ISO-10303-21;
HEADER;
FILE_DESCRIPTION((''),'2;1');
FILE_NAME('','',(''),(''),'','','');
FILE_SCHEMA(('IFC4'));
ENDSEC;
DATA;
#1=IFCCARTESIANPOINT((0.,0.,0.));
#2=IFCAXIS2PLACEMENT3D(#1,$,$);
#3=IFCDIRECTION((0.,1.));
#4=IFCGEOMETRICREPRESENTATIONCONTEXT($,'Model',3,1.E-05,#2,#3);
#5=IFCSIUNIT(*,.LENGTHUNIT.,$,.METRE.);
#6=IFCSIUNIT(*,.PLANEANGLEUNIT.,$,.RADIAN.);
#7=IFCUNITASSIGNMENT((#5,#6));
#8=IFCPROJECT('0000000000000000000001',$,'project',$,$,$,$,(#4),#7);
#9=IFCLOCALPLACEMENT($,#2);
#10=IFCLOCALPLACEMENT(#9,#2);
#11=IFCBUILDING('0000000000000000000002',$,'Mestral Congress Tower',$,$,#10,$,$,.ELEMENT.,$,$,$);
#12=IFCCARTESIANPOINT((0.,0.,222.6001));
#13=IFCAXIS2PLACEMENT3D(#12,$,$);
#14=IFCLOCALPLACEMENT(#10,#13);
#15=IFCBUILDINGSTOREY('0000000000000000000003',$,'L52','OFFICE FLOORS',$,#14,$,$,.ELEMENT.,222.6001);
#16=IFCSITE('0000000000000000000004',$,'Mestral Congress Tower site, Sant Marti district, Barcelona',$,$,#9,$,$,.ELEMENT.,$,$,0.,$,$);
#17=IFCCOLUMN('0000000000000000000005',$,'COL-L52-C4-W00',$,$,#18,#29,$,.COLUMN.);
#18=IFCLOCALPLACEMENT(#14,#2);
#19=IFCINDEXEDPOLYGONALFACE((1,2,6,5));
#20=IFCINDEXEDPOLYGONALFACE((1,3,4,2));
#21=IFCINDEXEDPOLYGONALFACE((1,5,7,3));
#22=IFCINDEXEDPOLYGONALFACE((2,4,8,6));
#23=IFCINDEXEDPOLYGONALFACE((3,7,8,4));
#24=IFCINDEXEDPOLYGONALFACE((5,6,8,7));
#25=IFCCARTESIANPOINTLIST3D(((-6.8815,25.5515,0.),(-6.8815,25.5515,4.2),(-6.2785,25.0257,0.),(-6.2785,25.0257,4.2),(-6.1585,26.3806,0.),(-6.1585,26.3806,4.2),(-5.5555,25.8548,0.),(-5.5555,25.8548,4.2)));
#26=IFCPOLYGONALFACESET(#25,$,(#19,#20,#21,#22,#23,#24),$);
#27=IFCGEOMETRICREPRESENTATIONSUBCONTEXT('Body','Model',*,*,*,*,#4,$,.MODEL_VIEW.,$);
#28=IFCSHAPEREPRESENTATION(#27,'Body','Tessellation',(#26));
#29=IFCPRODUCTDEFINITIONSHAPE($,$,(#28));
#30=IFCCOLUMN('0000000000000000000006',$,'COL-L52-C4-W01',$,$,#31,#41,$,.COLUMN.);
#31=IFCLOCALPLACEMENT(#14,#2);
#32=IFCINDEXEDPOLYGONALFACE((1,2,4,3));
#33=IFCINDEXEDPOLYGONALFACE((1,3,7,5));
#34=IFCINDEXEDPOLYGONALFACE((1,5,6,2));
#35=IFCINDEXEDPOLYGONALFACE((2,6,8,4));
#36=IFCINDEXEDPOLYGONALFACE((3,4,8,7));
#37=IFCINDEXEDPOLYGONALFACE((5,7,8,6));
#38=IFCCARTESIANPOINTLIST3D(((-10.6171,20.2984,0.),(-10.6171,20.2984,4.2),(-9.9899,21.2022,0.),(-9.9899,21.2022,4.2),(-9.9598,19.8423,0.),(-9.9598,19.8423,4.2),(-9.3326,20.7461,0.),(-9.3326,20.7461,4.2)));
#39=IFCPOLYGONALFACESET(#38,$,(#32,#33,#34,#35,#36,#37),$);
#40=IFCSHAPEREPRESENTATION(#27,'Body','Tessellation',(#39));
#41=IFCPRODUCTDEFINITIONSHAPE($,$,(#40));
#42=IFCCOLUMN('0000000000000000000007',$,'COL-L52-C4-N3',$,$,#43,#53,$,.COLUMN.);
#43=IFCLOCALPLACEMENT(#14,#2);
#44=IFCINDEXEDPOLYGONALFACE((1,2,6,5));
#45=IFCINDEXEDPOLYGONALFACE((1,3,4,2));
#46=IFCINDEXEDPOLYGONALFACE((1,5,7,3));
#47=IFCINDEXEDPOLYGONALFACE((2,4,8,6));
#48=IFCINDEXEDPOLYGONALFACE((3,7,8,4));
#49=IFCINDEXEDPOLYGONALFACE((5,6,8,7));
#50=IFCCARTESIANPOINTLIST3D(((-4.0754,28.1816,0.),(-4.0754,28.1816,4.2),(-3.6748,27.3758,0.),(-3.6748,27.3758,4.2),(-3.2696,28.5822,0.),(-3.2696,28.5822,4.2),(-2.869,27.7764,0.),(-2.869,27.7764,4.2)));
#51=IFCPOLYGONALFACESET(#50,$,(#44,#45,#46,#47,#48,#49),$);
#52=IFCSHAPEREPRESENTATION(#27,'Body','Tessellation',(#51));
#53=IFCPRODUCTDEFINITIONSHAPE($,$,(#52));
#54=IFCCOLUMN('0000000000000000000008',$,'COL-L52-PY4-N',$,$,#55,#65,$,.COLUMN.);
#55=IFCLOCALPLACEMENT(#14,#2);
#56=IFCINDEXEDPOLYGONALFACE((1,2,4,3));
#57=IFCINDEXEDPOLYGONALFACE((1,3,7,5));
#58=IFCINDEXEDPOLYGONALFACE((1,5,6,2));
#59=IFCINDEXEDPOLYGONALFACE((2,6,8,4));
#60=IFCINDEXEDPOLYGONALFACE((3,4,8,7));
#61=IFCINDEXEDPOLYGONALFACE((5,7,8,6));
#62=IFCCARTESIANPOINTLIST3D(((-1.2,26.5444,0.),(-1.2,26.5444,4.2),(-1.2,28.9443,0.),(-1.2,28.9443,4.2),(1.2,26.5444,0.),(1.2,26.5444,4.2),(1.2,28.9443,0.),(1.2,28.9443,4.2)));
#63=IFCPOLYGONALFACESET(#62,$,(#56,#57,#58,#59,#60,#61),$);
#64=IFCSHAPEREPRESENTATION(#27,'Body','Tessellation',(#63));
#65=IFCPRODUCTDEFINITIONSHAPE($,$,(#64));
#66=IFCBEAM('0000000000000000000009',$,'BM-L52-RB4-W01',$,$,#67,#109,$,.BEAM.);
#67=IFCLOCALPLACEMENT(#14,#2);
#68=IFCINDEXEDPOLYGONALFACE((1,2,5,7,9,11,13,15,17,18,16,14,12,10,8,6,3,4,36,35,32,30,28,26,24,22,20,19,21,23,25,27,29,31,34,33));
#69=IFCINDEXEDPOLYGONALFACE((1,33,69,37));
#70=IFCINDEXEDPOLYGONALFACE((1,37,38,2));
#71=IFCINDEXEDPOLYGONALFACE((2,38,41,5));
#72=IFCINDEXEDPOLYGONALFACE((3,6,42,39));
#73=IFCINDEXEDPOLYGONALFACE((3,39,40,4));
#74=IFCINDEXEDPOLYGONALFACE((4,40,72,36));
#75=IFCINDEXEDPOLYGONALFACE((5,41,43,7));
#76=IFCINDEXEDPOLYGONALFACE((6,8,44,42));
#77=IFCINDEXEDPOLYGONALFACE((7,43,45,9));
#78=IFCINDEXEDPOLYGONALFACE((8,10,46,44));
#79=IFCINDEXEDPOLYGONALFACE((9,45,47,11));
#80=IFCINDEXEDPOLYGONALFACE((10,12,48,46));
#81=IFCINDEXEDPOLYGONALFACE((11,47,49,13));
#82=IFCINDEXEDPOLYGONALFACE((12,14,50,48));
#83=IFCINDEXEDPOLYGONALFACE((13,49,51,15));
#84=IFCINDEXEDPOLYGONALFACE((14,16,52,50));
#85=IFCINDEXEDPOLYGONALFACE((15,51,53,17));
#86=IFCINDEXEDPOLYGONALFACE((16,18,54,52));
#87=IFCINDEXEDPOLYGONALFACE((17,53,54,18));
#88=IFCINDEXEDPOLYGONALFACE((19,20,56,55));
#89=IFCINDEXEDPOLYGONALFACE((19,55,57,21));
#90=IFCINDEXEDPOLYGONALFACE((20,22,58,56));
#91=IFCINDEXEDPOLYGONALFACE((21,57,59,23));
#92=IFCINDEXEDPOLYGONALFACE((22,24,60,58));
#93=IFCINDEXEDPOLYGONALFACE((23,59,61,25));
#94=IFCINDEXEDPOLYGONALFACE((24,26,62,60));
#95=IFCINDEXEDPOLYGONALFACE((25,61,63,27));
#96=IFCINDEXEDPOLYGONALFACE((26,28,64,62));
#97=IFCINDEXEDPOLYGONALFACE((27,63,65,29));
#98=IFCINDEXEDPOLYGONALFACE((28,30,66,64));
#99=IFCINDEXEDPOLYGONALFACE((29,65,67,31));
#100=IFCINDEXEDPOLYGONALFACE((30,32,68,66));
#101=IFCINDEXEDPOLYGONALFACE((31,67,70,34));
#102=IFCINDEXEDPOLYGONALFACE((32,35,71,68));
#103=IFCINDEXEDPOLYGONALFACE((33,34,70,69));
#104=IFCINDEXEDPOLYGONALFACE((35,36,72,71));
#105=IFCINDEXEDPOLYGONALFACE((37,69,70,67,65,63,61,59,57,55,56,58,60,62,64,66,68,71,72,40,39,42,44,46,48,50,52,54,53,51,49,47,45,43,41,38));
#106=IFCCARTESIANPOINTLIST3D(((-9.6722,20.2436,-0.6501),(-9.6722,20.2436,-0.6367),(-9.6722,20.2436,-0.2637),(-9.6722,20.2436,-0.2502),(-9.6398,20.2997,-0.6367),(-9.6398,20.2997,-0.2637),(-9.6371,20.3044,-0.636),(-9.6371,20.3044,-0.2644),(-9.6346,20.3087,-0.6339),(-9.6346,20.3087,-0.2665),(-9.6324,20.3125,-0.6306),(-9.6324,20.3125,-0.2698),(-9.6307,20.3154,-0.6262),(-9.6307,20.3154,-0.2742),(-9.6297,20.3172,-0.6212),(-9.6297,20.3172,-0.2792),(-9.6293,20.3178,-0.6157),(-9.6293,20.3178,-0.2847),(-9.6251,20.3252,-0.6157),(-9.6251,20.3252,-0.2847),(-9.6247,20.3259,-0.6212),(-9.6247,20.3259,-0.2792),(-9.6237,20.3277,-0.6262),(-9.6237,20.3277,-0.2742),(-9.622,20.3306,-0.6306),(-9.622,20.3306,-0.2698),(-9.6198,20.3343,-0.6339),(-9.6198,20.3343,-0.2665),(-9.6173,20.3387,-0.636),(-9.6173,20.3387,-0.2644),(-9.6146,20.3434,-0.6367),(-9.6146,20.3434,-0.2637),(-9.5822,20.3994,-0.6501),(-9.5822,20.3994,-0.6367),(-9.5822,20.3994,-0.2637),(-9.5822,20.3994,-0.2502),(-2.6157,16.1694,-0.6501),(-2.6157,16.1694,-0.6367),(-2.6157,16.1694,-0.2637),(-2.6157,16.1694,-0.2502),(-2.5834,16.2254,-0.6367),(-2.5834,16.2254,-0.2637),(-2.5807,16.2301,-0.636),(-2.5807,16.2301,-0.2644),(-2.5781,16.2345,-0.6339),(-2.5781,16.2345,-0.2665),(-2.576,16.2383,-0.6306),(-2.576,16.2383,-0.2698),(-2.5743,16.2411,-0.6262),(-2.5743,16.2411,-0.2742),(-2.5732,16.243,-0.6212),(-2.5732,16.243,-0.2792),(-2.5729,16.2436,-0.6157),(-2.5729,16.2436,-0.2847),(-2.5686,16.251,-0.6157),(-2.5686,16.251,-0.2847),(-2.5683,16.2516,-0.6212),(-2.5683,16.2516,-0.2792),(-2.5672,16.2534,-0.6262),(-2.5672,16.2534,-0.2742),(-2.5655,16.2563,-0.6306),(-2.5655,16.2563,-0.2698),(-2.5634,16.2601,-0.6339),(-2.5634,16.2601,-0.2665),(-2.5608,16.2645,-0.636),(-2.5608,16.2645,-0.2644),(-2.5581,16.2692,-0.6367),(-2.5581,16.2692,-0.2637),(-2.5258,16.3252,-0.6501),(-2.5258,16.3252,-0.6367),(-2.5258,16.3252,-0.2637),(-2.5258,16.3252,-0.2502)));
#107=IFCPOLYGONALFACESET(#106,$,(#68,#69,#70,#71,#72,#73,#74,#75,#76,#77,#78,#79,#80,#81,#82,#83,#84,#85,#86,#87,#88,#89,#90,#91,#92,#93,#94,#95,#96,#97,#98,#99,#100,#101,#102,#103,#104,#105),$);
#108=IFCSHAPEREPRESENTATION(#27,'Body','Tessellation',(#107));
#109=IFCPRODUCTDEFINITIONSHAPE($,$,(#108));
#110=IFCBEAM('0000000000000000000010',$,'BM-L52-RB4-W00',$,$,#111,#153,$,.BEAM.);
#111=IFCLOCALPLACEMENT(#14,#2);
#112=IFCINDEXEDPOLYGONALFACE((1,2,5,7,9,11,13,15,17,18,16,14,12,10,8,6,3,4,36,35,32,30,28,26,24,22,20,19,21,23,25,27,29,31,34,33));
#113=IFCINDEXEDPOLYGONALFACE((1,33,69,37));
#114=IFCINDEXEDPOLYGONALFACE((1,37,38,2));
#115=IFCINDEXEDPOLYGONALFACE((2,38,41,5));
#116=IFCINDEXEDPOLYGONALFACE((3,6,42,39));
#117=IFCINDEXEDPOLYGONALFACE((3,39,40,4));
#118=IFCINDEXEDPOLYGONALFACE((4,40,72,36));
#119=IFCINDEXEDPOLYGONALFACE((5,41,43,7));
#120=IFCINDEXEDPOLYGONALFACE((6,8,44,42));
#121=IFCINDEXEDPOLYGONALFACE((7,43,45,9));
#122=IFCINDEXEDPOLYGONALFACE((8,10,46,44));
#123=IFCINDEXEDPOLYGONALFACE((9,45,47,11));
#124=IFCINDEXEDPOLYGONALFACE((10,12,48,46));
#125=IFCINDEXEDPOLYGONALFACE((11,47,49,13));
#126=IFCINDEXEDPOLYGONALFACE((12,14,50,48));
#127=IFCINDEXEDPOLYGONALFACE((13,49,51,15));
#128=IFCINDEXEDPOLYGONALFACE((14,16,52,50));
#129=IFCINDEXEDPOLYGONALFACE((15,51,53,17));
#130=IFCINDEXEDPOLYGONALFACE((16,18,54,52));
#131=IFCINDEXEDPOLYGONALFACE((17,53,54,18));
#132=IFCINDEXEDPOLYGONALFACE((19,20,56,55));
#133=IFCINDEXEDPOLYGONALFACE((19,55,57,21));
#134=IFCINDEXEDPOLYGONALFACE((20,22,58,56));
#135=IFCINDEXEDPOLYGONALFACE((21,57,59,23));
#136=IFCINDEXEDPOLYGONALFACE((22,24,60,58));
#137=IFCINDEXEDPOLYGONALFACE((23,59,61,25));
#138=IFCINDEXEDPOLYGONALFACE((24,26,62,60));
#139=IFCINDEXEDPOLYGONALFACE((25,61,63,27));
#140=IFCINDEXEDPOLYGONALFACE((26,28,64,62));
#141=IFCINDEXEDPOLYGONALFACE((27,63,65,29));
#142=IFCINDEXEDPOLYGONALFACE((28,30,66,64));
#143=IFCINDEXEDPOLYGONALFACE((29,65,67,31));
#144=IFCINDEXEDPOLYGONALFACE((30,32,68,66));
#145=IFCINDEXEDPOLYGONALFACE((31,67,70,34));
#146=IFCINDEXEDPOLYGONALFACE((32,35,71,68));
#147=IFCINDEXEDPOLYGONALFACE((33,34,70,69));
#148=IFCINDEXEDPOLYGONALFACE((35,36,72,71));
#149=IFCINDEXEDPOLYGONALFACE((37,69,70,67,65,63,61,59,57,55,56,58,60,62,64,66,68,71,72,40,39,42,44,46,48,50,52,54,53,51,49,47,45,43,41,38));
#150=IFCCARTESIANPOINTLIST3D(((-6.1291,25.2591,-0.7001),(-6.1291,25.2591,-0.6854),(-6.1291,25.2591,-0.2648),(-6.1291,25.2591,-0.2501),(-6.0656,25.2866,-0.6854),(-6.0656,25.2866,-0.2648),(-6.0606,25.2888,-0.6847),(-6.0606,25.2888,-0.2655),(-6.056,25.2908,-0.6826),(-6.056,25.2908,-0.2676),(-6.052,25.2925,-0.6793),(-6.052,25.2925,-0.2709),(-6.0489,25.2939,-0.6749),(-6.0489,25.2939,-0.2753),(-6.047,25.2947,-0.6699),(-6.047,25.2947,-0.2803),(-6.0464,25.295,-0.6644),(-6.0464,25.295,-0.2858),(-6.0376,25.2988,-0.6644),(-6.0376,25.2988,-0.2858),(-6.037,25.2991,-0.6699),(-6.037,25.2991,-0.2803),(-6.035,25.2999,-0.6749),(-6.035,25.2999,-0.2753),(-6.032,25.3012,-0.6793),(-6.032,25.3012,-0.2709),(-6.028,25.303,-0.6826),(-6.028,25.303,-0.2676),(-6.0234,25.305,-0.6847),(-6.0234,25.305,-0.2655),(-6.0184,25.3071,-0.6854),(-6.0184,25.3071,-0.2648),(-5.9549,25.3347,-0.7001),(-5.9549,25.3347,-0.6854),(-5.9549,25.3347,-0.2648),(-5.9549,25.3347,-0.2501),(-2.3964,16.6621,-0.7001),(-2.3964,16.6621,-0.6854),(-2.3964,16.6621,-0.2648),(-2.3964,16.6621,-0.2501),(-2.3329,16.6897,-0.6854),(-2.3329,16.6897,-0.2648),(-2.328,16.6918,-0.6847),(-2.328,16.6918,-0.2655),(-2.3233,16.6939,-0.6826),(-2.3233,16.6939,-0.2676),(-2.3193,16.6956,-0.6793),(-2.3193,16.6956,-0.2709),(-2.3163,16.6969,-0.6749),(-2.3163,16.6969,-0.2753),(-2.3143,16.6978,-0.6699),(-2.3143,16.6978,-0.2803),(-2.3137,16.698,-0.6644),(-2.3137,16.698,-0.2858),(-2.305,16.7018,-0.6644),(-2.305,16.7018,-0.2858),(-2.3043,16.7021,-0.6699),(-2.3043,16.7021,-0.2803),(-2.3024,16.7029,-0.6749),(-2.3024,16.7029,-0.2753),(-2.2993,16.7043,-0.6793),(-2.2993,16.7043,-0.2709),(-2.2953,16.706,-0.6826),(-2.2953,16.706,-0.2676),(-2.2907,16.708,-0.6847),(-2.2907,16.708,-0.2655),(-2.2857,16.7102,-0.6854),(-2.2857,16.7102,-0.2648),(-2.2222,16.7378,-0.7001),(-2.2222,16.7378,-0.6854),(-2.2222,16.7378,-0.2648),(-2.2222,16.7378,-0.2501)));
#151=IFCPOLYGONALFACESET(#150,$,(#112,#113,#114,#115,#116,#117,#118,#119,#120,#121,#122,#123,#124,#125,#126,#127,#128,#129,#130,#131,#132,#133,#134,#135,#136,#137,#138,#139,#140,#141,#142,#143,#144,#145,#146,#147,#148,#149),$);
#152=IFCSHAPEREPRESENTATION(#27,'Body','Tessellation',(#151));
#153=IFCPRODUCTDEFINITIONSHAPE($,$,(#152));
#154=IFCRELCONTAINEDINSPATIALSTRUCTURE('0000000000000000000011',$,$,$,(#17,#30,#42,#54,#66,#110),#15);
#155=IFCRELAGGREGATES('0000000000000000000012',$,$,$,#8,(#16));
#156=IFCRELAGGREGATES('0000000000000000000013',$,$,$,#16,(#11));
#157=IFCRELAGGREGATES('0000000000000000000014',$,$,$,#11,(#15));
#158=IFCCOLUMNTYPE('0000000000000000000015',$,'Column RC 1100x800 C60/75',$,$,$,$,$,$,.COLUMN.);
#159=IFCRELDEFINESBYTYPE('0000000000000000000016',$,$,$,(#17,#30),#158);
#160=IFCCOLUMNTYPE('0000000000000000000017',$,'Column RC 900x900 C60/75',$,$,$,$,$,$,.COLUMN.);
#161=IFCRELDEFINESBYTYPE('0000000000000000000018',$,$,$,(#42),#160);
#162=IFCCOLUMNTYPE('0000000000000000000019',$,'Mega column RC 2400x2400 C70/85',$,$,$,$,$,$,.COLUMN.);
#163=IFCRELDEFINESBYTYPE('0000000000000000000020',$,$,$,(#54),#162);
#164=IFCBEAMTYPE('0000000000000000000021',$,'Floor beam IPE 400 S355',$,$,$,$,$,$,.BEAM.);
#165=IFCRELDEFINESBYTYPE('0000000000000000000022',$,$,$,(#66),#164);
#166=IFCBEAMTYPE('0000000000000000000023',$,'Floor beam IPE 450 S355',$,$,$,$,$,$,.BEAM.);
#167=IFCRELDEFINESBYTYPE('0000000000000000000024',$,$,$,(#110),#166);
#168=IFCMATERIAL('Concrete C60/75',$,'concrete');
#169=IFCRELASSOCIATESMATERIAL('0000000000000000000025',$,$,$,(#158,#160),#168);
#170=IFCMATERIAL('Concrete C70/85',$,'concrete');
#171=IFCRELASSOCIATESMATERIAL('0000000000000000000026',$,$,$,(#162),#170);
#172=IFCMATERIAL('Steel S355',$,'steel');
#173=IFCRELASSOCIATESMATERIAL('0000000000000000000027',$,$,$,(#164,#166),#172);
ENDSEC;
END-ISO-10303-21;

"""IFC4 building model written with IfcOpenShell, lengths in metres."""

from ifc_helpers import new_model, si_unit, direction, frame, origin, origin_2d, place, context, subcontext, project, spatial, rectangle, i_section, extrude, material, material_profile, profile_set, type_object, element, save


model = new_model("IFC4")

# Units and contexts
model_context = context("Model", 3, precision=1e-05, world=origin(), true_north=direction((0.0, 1.0)))
body_context = subcontext(model_context, "Body", "Model", "MODEL_VIEW")
ifc_project = project(units=[si_unit("LENGTHUNIT", "METRE"), si_unit("PLANEANGLEUNIT", "RADIAN")], contexts=[model_context])

# Site, building, storey
site_placement = place(None, origin())
site = spatial("IfcSite", under=ifc_project, at=site_placement, Name="Mestral Congress Tower site, Sant Marti district, Barcelona", CompositionType="ELEMENT", RefElevation=0.0)
building_placement = place(site_placement, origin())
building = spatial("IfcBuilding", under=site, at=building_placement, Name="Mestral Congress Tower", CompositionType="ELEMENT")
storey_placement = place(building_placement, frame((0.0, 0.0, 222.6001)))
storey = spatial("IfcBuildingStorey", under=building, at=storey_placement, Name="L52", Description="OFFICE FLOORS", CompositionType="ELEMENT", Elevation=222.6001)

# Columns
ifc_material_1 = material(Name="Concrete C60/75", Category="concrete")
ifc_material_profile_1 = material_profile(ifc_material_1, rectangle(XDim=1.1001, YDim=0.8, at=origin_2d()), Name="RC 1100x800")
ifc_profile_set_1 = profile_set([ifc_material_profile_1], Name="Concrete C60/75")
column_type_1 = type_object("IfcColumnType", Name="Column RC 1100x800 C60/75", PredefinedType="COLUMN", material=ifc_profile_set_1)
for number, where, z_axis, x_axis, name in (
    (1, (-6.2185, 25.7031, 0.0), (0.0, 0.0, 1.0), (-0.65725, -0.753672, 0.0), "COL-L52-C4-W00"),
    (2, (-9.9749, 20.5222, 0.0), (0.0, 0.0, 1.0), (-0.570084, -0.821586, 0.0), "COL-L52-C4-W01"),
):
    element("IfcColumn", number, at=place(storey_placement, frame(where, z_axis=z_axis, x_axis=x_axis)), inside=storey, type_object=column_type_1, Name=name, PredefinedType="COLUMN", context=body_context, shape_type="SweptSolid", body=[
        extrude(rectangle(XDim=1.1001, YDim=0.8, at=origin_2d()), origin(), (0.0, 0.0, 1.0), 4.2),
    ])
ifc_material_profile_2 = material_profile(ifc_material_1, rectangle(XDim=0.8999, YDim=0.8999, at=origin_2d()), Name="RC 900x900")
ifc_profile_set_2 = profile_set([ifc_material_profile_2], Name="Concrete C60/75")
column_type_2 = type_object("IfcColumnType", Name="Column RC 900x900 C60/75", PredefinedType="COLUMN", material=ifc_profile_set_2)
column_1_placement = place(storey_placement, frame((-3.4722, 27.979, 0.0), z_axis=(0.0, 0.0, 1.0), x_axis=(-0.895456, -0.445149, 0.0)))
element("IfcColumn", 3, at=column_1_placement, inside=storey, type_object=column_type_2, Name="COL-L52-C4-N3", PredefinedType="COLUMN", context=body_context, shape_type="SweptSolid", body=[
    extrude(rectangle(XDim=0.8999, YDim=0.8999, at=origin_2d()), origin(), (0.0, 0.0, 1.0), 4.2),
])
ifc_material_2 = material(Name="Concrete C70/85", Category="concrete")
ifc_material_profile_3 = material_profile(ifc_material_2, rectangle(XDim=2.3999, YDim=2.3999, at=origin_2d()), Name="RC 2400x2400")
ifc_profile_set_3 = profile_set([ifc_material_profile_3], Name="Concrete C70/85")
column_type_3 = type_object("IfcColumnType", Name="Mega column RC 2400x2400 C70/85", PredefinedType="COLUMN", material=ifc_profile_set_3)
column_2_placement = place(storey_placement, frame((0.0, 27.7444, 0.0), z_axis=(0.0, 0.0, 1.0), x_axis=(0.0, 1.0, 0.0)))
element("IfcColumn", 4, at=column_2_placement, inside=storey, type_object=column_type_3, Name="COL-L52-PY4-N", PredefinedType="COLUMN", context=body_context, shape_type="SweptSolid", body=[
    extrude(rectangle(XDim=2.3999, YDim=2.3999, at=origin_2d()), origin(), (0.0, 0.0, 1.0), 4.2),
])

# Beams
ifc_material_3 = material(Name="Steel S355", Category="steel")
ifc_material_profile_4 = material_profile(ifc_material_3, i_section(OverallWidth=0.1799, OverallDepth=0.3999, WebThickness=0.0085, FlangeThickness=0.0134, FilletRadius=0.021, at=origin_2d()), Name="IPE 400")
ifc_profile_set_4 = profile_set([ifc_material_profile_4], Name="Steel S355")
beam_type_1 = type_object("IfcBeamType", Name="Floor beam IPE 400 S355", PredefinedType="BEAM", material=ifc_profile_set_4)
beam_1_placement = place(storey_placement, frame((-9.6272, 20.3215, -0.4502), z_axis=(0.866014, -0.500019, 0.0), x_axis=(0.500019, 0.866014, 0.0)))
element("IfcBeam", 5, at=beam_1_placement, inside=storey, type_object=beam_type_1, Name="BM-L52-RB4-W01", PredefinedType="BEAM", context=body_context, shape_type="SweptSolid", body=[
    extrude(i_section(OverallWidth=0.1799, OverallDepth=0.3999, WebThickness=0.0085, FlangeThickness=0.0134, FilletRadius=0.021, at=origin_2d()), origin(), (0.0, 0.0, 1.0), 8.1482),
])
ifc_material_profile_5 = material_profile(ifc_material_3, i_section(OverallWidth=0.1899, OverallDepth=0.45, WebThickness=0.0095, FlangeThickness=0.0146, FilletRadius=0.021, at=origin_2d()), Name="IPE 450")
ifc_profile_set_5 = profile_set([ifc_material_profile_5], Name="Steel S355")
beam_type_2 = type_object("IfcBeamType", Name="Floor beam IPE 450 S355", PredefinedType="BEAM", material=ifc_profile_set_5)
beam_2_placement = place(storey_placement, frame((-6.042, 25.2969, -0.4751), z_axis=(0.398266, -0.91727, 0.0), x_axis=(0.91727, 0.398266, 0.0)))
element("IfcBeam", 6, at=beam_2_placement, inside=storey, type_object=beam_type_2, Name="BM-L52-RB4-W00", PredefinedType="BEAM", context=body_context, shape_type="SweptSolid", body=[
    extrude(i_section(OverallWidth=0.1899, OverallDepth=0.45, WebThickness=0.0095, FlangeThickness=0.0146, FilletRadius=0.021, at=origin_2d()), origin(), (0.0, 0.0, 1.0), 9.3723),
])

save(model, "model.ifc")
